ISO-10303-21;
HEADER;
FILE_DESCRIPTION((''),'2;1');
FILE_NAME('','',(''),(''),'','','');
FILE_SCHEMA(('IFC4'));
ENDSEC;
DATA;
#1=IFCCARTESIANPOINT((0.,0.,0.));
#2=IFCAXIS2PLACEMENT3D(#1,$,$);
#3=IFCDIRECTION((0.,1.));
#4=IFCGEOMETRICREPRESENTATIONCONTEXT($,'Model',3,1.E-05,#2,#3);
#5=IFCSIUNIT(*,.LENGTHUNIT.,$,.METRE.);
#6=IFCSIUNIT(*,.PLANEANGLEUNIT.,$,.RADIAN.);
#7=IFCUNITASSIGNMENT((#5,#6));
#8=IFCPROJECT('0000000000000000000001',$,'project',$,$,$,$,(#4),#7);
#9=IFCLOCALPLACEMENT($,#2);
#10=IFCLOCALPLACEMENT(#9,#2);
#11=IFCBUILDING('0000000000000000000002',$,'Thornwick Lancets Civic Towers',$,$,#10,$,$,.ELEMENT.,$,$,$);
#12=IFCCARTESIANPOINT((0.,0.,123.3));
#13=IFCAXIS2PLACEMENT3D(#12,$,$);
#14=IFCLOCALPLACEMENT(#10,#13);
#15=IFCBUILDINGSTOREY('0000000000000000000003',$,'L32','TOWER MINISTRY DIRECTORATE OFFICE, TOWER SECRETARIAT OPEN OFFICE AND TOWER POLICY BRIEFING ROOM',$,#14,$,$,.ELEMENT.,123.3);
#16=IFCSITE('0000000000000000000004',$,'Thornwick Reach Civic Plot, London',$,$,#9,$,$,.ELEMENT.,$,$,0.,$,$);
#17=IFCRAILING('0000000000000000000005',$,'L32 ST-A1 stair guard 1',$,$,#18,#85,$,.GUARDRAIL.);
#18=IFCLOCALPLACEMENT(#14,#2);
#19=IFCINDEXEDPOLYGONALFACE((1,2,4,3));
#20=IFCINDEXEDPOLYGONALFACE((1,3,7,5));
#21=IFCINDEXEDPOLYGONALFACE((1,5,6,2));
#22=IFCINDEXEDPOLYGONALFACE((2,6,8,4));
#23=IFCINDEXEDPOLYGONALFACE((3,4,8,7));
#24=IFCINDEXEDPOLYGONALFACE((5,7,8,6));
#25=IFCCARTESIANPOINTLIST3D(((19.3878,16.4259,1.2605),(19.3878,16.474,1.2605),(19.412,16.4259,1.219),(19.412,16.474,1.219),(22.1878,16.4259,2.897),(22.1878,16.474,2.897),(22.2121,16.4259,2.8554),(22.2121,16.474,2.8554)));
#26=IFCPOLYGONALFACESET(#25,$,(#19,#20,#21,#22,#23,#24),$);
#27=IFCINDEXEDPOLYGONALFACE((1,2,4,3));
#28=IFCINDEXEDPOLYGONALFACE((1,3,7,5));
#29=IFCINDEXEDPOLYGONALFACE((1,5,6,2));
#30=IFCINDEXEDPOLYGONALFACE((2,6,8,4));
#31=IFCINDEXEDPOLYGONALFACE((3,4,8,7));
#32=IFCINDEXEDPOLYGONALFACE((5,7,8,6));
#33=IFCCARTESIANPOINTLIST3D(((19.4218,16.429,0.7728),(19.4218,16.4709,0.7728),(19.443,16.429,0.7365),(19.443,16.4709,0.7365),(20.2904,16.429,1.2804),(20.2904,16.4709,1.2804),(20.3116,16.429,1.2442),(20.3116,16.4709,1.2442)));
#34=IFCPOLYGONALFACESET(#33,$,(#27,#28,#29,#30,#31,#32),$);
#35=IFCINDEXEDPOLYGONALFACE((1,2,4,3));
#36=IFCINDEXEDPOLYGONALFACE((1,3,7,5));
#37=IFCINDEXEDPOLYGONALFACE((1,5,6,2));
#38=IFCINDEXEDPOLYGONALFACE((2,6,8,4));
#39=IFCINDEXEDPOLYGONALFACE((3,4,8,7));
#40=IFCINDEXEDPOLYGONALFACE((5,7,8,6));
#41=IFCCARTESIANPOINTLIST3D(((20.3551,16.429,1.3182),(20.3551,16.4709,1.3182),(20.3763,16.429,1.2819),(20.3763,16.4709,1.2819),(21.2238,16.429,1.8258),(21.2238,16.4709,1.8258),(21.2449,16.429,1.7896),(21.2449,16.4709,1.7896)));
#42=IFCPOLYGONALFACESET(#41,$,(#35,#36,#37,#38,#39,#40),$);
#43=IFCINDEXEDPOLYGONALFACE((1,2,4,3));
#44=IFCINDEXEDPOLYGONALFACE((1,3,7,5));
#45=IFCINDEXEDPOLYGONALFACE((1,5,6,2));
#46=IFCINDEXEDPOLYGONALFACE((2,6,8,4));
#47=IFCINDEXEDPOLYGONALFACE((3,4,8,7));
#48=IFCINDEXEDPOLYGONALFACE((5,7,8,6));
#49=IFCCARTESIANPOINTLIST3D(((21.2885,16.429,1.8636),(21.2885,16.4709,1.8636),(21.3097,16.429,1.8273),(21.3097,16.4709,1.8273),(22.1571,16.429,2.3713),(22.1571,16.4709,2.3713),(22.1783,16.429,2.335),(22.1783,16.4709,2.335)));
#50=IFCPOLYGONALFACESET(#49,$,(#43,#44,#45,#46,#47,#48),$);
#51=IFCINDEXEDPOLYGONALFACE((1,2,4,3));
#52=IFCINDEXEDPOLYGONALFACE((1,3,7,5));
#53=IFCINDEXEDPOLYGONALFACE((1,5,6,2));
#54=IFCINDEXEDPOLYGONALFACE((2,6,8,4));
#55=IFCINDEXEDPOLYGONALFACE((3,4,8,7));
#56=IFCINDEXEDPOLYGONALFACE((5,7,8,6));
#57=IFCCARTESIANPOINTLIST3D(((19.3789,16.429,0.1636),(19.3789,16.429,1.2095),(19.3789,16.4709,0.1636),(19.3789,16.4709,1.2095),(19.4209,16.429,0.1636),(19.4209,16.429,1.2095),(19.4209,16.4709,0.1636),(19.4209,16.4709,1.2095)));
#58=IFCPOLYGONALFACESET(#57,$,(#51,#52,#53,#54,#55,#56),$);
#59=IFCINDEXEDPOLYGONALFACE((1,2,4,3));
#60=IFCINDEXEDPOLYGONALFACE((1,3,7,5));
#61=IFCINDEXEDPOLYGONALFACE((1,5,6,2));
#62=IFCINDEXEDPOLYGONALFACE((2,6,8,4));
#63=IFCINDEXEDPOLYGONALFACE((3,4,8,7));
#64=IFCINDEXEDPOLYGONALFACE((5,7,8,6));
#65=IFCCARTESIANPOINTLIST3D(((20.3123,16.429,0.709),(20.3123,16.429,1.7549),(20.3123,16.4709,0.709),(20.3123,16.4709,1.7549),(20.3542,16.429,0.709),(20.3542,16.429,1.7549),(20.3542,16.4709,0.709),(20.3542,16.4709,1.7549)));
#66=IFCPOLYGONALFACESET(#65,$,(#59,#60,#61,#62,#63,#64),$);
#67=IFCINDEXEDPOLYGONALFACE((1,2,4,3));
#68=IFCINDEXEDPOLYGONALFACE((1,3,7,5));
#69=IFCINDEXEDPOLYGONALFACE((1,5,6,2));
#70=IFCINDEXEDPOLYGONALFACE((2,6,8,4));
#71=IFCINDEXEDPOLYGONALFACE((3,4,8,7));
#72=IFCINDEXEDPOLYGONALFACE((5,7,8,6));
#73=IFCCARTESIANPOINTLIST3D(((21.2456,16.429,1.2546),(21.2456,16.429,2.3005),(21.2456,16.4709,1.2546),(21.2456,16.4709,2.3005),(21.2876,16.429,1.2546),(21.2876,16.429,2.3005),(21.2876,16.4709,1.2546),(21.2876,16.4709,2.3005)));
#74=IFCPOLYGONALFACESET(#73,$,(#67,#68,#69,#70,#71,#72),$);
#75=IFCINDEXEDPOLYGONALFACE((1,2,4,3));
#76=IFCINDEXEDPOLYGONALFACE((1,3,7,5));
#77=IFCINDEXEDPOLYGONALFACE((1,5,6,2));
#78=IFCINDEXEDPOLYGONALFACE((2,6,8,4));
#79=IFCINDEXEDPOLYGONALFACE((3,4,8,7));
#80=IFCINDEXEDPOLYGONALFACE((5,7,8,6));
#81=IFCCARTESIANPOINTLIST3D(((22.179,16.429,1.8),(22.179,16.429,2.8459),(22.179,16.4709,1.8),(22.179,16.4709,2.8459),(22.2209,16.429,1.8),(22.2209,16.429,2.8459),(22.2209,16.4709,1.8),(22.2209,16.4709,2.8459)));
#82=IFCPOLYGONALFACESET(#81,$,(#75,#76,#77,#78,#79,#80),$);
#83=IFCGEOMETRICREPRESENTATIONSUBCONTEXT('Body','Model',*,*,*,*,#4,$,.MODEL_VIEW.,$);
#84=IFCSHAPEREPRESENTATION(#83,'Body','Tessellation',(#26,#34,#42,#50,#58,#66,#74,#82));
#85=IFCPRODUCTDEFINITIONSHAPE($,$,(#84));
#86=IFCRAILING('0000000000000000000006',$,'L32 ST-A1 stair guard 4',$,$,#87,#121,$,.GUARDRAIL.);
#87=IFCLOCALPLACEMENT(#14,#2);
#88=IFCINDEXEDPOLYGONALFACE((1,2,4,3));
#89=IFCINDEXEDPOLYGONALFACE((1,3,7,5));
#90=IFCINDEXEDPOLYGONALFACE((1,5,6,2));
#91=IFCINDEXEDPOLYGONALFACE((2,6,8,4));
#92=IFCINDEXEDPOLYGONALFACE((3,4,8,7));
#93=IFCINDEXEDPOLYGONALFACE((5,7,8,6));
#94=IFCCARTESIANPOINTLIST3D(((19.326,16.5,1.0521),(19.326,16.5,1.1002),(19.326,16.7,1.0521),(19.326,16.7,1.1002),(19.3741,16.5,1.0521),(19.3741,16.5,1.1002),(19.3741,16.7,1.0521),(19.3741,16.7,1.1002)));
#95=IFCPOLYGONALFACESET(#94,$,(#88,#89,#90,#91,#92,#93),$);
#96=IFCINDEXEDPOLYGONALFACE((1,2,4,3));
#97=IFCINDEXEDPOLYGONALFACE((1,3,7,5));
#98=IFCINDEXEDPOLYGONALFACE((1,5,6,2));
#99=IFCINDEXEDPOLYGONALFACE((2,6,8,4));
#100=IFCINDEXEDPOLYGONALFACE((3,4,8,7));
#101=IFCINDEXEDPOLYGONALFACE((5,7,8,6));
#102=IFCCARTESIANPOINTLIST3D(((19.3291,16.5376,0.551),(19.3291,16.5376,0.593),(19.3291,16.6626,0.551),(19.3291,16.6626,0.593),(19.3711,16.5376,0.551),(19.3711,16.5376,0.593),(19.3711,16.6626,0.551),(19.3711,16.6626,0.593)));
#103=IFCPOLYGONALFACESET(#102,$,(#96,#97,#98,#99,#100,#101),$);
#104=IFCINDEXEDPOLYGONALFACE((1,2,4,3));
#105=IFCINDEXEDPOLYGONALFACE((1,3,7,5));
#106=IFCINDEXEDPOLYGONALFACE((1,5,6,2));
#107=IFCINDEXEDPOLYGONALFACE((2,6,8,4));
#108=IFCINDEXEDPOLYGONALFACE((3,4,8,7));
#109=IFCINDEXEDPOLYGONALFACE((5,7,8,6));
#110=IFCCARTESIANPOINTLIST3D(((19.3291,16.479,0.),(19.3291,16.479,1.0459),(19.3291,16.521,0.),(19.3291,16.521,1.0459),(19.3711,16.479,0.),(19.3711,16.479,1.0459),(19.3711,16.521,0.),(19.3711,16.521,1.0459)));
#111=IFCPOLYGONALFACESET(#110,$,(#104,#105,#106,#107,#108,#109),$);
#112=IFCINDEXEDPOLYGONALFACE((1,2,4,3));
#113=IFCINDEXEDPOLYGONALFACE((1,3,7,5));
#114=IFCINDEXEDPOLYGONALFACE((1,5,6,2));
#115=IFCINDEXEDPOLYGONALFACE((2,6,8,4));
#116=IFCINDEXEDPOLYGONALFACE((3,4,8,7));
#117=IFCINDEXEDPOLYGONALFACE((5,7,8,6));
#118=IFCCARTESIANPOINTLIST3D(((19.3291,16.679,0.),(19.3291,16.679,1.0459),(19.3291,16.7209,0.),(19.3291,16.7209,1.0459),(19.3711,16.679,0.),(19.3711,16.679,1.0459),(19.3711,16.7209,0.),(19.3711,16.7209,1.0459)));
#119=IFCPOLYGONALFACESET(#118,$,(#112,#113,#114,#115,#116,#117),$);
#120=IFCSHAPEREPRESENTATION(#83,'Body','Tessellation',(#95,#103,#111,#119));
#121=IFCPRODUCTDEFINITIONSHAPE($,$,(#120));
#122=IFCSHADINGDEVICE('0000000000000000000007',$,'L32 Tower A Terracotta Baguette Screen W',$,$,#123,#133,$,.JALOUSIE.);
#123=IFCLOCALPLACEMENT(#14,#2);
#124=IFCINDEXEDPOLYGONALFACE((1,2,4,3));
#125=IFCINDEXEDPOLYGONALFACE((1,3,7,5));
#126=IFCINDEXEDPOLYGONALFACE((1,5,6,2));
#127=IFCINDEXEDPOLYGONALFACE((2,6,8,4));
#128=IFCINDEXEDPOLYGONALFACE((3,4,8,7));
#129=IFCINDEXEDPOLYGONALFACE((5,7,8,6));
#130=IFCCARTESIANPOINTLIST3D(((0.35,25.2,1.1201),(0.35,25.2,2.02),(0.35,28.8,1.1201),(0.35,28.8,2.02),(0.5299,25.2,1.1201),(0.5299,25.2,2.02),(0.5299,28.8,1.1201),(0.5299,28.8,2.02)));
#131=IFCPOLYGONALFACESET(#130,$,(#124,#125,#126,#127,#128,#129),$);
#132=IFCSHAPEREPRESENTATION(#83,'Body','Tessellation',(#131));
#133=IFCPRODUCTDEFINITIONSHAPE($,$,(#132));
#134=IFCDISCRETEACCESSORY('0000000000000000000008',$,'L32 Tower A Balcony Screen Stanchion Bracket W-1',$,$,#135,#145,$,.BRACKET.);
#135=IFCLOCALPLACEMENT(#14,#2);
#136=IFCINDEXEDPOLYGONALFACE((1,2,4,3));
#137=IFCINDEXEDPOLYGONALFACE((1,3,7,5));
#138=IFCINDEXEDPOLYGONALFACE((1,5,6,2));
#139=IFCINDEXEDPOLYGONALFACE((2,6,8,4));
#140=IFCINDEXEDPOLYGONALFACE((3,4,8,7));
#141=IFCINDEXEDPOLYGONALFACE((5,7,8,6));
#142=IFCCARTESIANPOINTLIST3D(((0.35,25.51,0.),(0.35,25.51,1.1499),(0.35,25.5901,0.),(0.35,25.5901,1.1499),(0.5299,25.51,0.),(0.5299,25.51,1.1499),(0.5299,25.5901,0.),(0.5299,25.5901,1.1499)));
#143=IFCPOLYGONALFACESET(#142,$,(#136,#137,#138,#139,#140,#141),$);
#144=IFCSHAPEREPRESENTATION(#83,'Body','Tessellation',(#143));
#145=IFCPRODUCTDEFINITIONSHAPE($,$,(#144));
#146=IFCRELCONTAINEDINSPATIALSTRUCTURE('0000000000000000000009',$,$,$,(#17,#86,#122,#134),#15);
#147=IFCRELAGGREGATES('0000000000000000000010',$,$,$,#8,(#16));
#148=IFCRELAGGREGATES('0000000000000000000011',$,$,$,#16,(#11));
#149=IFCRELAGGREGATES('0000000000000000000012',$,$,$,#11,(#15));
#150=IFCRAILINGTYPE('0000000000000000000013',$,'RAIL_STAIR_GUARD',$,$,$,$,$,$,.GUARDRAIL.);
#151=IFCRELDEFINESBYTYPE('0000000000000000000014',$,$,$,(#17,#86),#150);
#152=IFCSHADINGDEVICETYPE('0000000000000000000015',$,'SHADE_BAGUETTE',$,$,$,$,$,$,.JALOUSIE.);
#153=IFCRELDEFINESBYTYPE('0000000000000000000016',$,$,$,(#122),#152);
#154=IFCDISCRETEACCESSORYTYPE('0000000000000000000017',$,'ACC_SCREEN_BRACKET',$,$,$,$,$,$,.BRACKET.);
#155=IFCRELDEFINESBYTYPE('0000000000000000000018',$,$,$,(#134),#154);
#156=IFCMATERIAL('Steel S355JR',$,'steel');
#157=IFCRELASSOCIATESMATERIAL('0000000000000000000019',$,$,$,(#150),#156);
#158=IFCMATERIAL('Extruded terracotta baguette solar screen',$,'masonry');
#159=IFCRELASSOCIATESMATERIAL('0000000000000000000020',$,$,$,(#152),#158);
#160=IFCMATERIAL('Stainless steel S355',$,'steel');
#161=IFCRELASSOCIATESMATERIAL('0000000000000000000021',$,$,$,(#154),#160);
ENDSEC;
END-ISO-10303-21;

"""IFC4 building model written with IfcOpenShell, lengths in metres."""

from ifc_helpers import new_model, si_unit, direction, frame, origin, origin_2d, place, context, subcontext, project, spatial, rectangle, extrude, material, type_object, element, save


model = new_model("IFC4")

# Units and contexts
model_context = context("Model", 3, precision=1e-05, world=origin(), true_north=direction((0.0, 1.0)))
body_context = subcontext(model_context, "Body", "Model", "MODEL_VIEW")
ifc_project = project(units=[si_unit("LENGTHUNIT", "METRE"), si_unit("PLANEANGLEUNIT", "RADIAN")], contexts=[model_context])

# Site, building, storey
site_placement = place(None, origin())
site = spatial("IfcSite", under=ifc_project, at=site_placement, Name="Thornwick Reach Civic Plot, London", CompositionType="ELEMENT", RefElevation=0.0)
building_placement = place(site_placement, origin())
building = spatial("IfcBuilding", under=site, at=building_placement, Name="Thornwick Lancets Civic Towers", CompositionType="ELEMENT")
storey_placement = place(building_placement, frame((0.0, 0.0, 123.3)))
storey = spatial("IfcBuildingStorey", under=building, at=storey_placement, Name="L32", Description="TOWER MINISTRY DIRECTORATE OFFICE, TOWER SECRETARIAT OPEN OFFICE AND TOWER POLICY BRIEFING ROOM", CompositionType="ELEMENT", Elevation=123.3)

# Shared definitions
ifc_material_1 = material(Name="Steel S355JR", Category="steel")

# Railings
railing_type_1 = type_object("IfcRailingType", Name="RAIL_STAIR_GUARD", PredefinedType="GUARDRAIL", material=ifc_material_1)
railing_1_placement = place(storey_placement, frame((19.3999, 16.45, 0.1636)))
element("IfcRailing", 1, at=railing_1_placement, inside=storey, type_object=railing_type_1, Name="L32 ST-A1 stair guard 1", PredefinedType="GUARDRAIL", context=body_context, shape_type="SweptSolid", body=[
    extrude(rectangle(XDim=0.0481, YDim=0.0481, at=origin_2d()), frame((0.0, 0.0, 1.0762), z_axis=(0.863361, 0.0, 0.504587), x_axis=(0.0, 1.0, 0.0)), (0.0, 0.0, 1.0), 3.2432),
    extrude(rectangle(XDim=0.042, YDim=0.042, at=origin_2d()), frame((0.0325, 0.0, 0.5911), z_axis=(0.863361, 0.0, 0.504587), x_axis=(0.0, 1.0, 0.0)), (0.0, 0.0, 1.0), 1.0061),
    extrude(rectangle(XDim=0.042, YDim=0.042, at=origin_2d()), frame((0.9658, 0.0, 1.1365), z_axis=(0.863361, 0.0, 0.504587), x_axis=(0.0, 1.0, 0.0)), (0.0, 0.0, 1.0), 1.0061),
    extrude(rectangle(XDim=0.042, YDim=0.042, at=origin_2d()), frame((1.8992, 0.0, 1.6819), z_axis=(0.863361, 0.0, 0.504587), x_axis=(0.0, 1.0, 0.0)), (0.0, 0.0, 1.0), 1.0061),
    extrude(rectangle(XDim=0.042, YDim=0.042, at=origin_2d()), origin(), (0.0, 0.0, 1.0), 1.0459),
    extrude(rectangle(XDim=0.042, YDim=0.042, at=origin_2d()), frame((0.9333, 0.0, 0.5454)), (0.0, 0.0, 1.0), 1.0459),
    extrude(rectangle(XDim=0.042, YDim=0.042, at=origin_2d()), frame((1.8667, 0.0, 1.0911)), (0.0, 0.0, 1.0), 1.0459),
    extrude(rectangle(XDim=0.042, YDim=0.042, at=origin_2d()), frame((2.8, 0.0, 1.6365)), (0.0, 0.0, 1.0), 1.0459),
])
railing_2_placement = place(storey_placement, frame((19.3501, 16.5, 0.0)))
element("IfcRailing", 2, at=railing_2_placement, inside=storey, type_object=railing_type_1, Name="L32 ST-A1 stair guard 4", PredefinedType="GUARDRAIL", context=body_context, shape_type="SweptSolid", body=[
    extrude(rectangle(XDim=0.0481, YDim=0.0481, at=origin_2d()), frame((0.0, 0.0, 1.0762), z_axis=(0.0, 1.0, 0.0), x_axis=(-1.0, 0.0, 0.0)), (0.0, 0.0, 1.0), 0.2),
    extrude(rectangle(XDim=0.042, YDim=0.042, at=origin_2d()), frame((0.0, 0.0376, 0.572), z_axis=(0.0, 1.0, 0.0), x_axis=(-1.0, 0.0, 0.0)), (0.0, 0.0, 1.0), 0.125),
    extrude(rectangle(XDim=0.042, YDim=0.042, at=origin_2d()), origin(), (0.0, 0.0, 1.0), 1.0459),
    extrude(rectangle(XDim=0.042, YDim=0.042, at=origin_2d()), frame((0.0, 0.2, 0.0)), (0.0, 0.0, 1.0), 1.0459),
])

# Shading device
ifc_material_2 = material(Name="Extruded terracotta baguette solar screen", Category="masonry")
shading_device_type = type_object("IfcShadingDeviceType", Name="SHADE_BAGUETTE", PredefinedType="JALOUSIE", material=ifc_material_2)
shading_device_placement = place(storey_placement, frame((0.4399, 27.0, 1.1201), z_axis=(0.0, 0.0, 1.0), x_axis=(0.0, 1.0, 0.0)))
element("IfcShadingDevice", 3, at=shading_device_placement, inside=storey, type_object=shading_device_type, Name="L32 Tower A Terracotta Baguette Screen W", PredefinedType="JALOUSIE", context=body_context, shape_type="SweptSolid", body=[
    extrude(rectangle(XDim=3.6001, YDim=0.1799, at=origin_2d()), origin(), (0.0, 0.0, 1.0), 0.8999),
])

# Discrete accessory
ifc_material_3 = material(Name="Stainless steel S355", Category="steel")
discrete_accessory_type = type_object("IfcDiscreteAccessoryType", Name="ACC_SCREEN_BRACKET", PredefinedType="BRACKET", material=ifc_material_3)
discrete_accessory_placement = place(storey_placement, frame((0.4399, 25.55, 0.0), z_axis=(0.0, 0.0, 1.0), x_axis=(0.0, 1.0, 0.0)))
element("IfcDiscreteAccessory", 4, at=discrete_accessory_placement, inside=storey, type_object=discrete_accessory_type, Name="L32 Tower A Balcony Screen Stanchion Bracket W-1", PredefinedType="BRACKET", context=body_context, shape_type="SweptSolid", body=[
    extrude(rectangle(XDim=0.0801, YDim=0.1799, at=origin_2d()), origin(), (0.0, 0.0, 1.0), 1.1499),
])

save(model, "model.ifc")
